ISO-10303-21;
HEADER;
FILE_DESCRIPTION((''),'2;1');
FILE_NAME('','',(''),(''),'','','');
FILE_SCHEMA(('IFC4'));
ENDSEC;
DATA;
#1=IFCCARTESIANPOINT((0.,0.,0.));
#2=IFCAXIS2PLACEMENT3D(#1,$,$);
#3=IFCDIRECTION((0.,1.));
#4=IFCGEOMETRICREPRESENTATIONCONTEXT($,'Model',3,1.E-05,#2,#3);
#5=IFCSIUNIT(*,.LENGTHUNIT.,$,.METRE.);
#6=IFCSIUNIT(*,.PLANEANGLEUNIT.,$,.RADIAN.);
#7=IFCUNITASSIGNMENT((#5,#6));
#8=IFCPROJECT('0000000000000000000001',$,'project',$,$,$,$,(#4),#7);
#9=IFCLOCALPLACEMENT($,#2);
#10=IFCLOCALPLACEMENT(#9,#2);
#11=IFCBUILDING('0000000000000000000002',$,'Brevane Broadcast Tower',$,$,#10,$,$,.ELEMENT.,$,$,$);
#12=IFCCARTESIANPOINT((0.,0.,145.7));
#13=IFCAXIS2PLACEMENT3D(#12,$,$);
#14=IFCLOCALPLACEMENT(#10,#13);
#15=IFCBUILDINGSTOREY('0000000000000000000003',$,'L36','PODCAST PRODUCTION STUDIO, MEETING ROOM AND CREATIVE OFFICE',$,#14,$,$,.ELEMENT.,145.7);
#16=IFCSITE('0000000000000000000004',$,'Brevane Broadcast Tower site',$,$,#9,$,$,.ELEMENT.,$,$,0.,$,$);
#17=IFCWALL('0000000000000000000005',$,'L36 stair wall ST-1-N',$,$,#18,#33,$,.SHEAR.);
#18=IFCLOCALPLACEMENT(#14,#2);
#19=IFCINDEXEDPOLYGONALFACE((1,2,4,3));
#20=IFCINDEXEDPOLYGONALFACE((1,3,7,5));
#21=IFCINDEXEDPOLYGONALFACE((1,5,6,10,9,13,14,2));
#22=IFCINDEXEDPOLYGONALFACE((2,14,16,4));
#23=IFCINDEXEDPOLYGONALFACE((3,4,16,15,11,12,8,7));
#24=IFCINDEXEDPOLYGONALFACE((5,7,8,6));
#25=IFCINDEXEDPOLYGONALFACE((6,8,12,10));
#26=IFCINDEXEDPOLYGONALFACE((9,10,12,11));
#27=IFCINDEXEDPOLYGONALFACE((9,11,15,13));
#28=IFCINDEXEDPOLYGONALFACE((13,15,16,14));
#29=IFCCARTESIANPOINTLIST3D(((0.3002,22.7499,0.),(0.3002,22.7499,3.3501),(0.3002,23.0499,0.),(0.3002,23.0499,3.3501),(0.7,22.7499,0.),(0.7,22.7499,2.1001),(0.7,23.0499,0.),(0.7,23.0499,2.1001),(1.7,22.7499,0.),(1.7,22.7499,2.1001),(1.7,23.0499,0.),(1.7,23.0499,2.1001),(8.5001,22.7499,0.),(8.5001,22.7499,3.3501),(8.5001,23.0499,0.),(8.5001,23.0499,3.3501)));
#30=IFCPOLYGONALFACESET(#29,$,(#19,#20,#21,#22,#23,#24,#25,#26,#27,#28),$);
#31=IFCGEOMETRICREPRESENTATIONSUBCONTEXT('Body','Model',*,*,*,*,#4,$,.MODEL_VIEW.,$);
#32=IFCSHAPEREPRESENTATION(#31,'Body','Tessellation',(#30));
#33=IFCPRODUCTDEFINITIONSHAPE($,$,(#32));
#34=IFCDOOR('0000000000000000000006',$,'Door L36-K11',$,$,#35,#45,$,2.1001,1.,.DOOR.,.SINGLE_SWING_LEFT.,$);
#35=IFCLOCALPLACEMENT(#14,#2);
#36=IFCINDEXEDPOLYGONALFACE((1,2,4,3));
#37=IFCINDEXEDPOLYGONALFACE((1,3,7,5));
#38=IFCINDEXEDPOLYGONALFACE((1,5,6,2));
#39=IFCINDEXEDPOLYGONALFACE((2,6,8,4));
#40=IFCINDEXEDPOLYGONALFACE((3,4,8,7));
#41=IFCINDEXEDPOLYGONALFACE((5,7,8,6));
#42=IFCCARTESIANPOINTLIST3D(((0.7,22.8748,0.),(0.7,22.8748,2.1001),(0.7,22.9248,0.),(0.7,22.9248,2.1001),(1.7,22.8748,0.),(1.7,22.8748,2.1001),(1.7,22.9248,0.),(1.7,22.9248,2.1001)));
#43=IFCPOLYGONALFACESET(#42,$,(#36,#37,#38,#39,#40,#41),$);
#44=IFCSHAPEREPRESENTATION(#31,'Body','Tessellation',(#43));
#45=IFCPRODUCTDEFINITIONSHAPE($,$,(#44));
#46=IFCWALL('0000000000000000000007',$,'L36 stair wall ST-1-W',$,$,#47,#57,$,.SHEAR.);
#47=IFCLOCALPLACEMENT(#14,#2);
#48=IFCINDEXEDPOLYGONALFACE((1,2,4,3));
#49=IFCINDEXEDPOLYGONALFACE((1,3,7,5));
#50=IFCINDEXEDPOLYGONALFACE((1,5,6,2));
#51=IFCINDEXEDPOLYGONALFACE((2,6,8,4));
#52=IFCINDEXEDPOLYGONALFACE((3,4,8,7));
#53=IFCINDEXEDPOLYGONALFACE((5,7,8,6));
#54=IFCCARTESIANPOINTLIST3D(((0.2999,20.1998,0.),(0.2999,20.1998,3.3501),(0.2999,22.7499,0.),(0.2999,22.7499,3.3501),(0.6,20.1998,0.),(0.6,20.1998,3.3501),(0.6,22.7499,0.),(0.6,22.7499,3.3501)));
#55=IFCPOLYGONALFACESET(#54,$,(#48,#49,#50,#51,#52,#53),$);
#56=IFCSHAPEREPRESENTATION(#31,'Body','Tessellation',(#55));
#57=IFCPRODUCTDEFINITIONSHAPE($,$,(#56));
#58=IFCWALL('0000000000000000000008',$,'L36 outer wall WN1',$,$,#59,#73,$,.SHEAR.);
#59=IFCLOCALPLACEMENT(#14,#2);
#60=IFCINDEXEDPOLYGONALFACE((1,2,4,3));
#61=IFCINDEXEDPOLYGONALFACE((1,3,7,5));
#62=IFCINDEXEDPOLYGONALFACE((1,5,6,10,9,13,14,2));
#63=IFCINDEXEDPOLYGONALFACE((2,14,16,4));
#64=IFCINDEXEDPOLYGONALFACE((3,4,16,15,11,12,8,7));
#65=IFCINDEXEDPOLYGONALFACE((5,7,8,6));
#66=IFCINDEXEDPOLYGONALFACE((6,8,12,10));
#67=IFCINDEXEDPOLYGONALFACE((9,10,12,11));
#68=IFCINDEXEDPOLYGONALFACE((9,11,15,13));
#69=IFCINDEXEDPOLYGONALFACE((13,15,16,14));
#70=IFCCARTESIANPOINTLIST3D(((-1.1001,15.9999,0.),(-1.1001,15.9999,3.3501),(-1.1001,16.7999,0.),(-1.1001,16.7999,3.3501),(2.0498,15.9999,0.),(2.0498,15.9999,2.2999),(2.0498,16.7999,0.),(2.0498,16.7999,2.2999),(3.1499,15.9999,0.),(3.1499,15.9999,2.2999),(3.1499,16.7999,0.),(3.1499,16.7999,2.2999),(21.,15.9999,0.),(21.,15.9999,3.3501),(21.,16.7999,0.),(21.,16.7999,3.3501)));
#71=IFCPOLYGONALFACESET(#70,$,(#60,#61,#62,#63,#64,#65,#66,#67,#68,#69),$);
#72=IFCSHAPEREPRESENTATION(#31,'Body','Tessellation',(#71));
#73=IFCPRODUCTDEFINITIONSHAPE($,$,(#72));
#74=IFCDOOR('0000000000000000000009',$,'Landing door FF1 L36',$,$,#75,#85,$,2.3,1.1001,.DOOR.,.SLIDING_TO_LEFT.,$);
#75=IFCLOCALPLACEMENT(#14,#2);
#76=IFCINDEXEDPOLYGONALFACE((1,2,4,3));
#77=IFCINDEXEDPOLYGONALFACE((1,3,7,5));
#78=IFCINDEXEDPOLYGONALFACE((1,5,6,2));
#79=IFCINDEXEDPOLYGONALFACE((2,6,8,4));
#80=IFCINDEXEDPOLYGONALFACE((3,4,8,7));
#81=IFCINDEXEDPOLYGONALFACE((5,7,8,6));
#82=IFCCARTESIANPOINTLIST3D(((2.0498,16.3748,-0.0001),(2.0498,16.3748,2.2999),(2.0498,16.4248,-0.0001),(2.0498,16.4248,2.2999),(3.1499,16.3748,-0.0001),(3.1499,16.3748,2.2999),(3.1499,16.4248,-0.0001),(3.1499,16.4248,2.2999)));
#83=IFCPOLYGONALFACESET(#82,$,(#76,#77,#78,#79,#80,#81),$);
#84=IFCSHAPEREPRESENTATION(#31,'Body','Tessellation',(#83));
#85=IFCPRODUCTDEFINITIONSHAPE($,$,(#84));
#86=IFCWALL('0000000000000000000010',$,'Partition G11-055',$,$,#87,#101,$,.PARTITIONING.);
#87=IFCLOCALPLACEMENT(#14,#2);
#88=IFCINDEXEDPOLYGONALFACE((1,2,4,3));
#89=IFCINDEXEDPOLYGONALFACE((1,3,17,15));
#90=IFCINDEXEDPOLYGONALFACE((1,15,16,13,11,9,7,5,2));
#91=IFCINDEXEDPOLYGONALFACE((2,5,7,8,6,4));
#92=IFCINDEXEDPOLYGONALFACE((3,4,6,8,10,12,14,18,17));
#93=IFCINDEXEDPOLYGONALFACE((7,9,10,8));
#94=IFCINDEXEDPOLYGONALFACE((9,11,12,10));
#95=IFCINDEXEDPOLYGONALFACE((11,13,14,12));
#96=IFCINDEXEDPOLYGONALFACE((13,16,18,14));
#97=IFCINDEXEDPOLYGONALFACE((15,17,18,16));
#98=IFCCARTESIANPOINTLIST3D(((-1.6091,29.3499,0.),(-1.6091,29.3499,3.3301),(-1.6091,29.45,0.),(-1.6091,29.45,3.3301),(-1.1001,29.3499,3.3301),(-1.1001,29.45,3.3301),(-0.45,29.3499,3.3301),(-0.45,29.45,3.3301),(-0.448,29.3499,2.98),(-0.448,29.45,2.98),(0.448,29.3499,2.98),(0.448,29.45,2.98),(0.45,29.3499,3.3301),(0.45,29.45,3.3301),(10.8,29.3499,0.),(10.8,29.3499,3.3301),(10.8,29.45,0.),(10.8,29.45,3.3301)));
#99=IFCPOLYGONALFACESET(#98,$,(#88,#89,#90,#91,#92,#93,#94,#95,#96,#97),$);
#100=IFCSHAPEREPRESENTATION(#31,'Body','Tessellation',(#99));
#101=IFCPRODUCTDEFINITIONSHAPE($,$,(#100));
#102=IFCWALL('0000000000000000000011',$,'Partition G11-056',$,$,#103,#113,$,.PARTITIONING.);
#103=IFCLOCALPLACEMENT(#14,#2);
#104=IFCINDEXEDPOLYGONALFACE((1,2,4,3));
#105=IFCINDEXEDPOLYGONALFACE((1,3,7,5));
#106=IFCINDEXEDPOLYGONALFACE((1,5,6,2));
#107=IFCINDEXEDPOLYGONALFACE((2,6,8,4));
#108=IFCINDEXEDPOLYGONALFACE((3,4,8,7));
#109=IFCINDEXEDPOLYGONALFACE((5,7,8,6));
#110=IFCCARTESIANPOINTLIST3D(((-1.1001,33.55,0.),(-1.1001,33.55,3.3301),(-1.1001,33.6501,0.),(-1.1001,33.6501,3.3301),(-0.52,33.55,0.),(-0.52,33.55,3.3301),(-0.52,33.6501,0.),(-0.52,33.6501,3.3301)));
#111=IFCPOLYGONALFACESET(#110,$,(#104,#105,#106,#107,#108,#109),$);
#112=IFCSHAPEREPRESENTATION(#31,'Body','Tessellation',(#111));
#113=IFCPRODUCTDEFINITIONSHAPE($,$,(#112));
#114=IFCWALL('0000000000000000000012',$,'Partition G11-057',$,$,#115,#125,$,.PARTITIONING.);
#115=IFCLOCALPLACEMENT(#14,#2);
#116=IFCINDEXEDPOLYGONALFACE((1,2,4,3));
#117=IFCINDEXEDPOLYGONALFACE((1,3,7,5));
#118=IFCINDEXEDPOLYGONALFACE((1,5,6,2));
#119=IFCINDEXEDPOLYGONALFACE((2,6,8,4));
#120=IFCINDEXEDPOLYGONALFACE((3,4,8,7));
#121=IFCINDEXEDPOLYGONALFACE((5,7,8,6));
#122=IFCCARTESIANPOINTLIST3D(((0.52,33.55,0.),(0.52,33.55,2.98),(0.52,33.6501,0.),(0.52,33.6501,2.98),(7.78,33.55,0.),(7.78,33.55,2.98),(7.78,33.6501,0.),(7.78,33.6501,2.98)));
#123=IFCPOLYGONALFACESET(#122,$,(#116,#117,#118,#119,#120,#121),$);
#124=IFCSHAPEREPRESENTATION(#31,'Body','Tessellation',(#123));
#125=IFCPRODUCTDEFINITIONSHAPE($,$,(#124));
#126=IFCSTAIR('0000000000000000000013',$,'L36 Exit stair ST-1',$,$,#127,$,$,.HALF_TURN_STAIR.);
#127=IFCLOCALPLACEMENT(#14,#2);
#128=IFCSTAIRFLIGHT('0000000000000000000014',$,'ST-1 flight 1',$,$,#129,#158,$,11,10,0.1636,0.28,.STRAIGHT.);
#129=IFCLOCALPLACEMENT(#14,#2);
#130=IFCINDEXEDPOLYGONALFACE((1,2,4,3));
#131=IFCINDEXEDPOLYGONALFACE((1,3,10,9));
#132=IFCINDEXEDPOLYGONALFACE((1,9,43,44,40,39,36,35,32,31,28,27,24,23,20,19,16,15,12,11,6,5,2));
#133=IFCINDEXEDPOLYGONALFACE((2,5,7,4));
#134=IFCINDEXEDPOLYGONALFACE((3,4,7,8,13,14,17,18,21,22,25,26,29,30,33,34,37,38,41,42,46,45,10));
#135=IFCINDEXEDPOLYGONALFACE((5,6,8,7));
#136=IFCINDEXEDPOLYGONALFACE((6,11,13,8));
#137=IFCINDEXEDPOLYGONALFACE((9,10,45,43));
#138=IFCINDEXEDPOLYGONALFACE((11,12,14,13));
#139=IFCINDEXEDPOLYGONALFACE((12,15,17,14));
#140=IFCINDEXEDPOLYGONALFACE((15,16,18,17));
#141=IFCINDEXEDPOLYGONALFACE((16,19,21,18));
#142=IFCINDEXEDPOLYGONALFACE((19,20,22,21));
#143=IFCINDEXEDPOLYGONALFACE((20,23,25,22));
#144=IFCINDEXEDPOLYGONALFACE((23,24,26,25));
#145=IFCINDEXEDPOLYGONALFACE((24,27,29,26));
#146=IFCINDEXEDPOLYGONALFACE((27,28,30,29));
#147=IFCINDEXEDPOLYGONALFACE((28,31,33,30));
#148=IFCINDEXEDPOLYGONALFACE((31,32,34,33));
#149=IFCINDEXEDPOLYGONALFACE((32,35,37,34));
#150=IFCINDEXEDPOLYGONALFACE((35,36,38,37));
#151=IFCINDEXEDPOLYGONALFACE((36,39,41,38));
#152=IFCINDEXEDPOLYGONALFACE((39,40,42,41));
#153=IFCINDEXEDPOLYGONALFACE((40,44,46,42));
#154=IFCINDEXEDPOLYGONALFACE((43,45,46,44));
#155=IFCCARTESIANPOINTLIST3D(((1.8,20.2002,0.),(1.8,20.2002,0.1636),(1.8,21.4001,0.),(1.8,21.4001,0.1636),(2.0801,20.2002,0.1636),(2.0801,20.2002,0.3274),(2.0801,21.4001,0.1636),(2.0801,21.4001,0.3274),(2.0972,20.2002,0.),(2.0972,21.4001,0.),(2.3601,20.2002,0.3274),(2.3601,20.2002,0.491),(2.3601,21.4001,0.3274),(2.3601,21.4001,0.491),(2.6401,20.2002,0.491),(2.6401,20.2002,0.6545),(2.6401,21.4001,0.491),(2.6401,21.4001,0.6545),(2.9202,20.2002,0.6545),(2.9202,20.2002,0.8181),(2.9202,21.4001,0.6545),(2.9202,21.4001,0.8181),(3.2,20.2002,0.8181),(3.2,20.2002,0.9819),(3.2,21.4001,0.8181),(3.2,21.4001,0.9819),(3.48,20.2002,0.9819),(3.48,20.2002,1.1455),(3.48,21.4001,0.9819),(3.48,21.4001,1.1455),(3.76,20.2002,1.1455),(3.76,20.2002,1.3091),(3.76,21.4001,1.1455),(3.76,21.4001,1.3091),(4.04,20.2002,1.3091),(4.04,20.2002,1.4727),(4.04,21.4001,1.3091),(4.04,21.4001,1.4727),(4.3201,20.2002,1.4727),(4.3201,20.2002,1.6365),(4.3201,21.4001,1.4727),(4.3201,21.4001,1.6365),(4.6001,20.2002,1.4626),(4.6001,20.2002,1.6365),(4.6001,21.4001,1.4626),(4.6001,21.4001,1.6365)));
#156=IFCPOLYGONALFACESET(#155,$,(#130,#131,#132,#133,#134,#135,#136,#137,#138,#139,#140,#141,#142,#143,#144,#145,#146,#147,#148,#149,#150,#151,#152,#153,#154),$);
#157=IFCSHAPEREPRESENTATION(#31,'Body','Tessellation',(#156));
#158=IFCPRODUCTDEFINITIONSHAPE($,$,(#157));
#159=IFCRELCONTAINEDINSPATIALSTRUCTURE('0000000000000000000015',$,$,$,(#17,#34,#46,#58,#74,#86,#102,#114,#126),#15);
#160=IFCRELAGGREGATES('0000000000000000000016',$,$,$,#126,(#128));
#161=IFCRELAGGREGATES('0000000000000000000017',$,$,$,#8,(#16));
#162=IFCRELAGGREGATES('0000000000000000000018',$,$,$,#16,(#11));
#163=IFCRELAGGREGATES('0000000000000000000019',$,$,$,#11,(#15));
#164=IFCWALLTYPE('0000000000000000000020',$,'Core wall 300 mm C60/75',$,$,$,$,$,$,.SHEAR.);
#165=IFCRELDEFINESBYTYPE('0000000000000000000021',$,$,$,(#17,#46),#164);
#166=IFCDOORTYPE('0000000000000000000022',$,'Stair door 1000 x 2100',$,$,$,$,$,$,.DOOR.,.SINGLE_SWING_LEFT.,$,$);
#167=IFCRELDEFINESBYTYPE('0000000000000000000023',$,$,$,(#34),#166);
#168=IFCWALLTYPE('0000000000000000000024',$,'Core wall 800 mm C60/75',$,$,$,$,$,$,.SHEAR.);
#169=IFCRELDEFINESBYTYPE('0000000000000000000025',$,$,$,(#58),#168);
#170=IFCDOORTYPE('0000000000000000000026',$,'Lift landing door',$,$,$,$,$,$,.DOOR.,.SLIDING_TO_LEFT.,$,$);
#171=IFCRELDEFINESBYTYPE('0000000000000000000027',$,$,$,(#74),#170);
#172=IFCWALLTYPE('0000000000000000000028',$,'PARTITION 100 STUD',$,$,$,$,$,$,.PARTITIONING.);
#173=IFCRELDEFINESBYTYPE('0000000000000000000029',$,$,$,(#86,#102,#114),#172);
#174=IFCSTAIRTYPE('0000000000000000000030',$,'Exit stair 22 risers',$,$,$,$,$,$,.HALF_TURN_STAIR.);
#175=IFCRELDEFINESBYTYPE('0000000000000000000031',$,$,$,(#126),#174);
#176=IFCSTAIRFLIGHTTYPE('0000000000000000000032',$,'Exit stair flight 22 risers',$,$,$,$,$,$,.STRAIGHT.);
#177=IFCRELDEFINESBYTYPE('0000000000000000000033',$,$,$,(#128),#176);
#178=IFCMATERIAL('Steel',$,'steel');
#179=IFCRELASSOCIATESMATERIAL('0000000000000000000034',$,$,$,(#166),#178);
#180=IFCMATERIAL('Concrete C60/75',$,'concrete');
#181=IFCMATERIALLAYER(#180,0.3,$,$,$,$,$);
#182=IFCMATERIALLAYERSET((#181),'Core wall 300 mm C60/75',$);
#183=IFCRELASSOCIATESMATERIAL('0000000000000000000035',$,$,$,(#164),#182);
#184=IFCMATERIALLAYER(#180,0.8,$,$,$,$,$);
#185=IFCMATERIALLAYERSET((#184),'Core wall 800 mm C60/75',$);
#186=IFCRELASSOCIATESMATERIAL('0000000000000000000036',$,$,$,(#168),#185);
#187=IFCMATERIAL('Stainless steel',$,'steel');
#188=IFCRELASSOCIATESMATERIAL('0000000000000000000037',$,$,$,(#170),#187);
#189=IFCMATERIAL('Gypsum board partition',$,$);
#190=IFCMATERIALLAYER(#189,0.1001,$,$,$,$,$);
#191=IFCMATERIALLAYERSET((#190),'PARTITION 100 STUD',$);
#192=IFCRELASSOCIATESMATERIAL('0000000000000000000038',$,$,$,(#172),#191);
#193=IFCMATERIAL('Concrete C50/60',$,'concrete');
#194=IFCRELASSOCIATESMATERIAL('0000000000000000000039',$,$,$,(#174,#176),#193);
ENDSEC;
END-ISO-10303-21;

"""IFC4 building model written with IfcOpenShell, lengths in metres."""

from ifc_helpers import new_model, si_unit, direction, frame, frame_2d, origin, place, context, subcontext, project, spatial, polyline, rectangle, outline, extrude, material, layer, layer_set, type_object, element, fill, aggregate, save


model = new_model("IFC4")

# Units and contexts
model_context = context("Model", 3, precision=1e-05, world=origin(), true_north=direction((0.0, 1.0)))
body_context = subcontext(model_context, "Body", "Model", "MODEL_VIEW")
ifc_project = project(units=[si_unit("LENGTHUNIT", "METRE"), si_unit("PLANEANGLEUNIT", "RADIAN")], contexts=[model_context])

# Site, building, storey
site_placement = place(None, origin())
site = spatial("IfcSite", under=ifc_project, at=site_placement, Name="Brevane Broadcast Tower site", CompositionType="ELEMENT", RefElevation=0.0)
building_placement = place(site_placement, origin())
building = spatial("IfcBuilding", under=site, at=building_placement, Name="Brevane Broadcast Tower", CompositionType="ELEMENT")
storey_placement = place(building_placement, frame((0.0, 0.0, 145.7)))
storey = spatial("IfcBuildingStorey", under=building, at=storey_placement, Name="L36", Description="PODCAST PRODUCTION STUDIO, MEETING ROOM AND CREATIVE OFFICE", CompositionType="ELEMENT", Elevation=145.7)

# Shared definitions
ifc_material_1 = material(Name="Concrete C60/75", Category="concrete")

# Wall, opening, door
ifc_material_2 = material(Name="Steel", Category="steel")
door_type_1 = type_object("IfcDoorType", Name="Stair door 1000 x 2100", OperationType="SINGLE_SWING_LEFT", PredefinedType="DOOR", material=ifc_material_2)
ifc_layer_1 = layer(ifc_material_1, 0.3)
ifc_layer_set_1 = layer_set([ifc_layer_1], Name="Core wall 300 mm C60/75")
wall_type_1 = type_object("IfcWallType", Name="Core wall 300 mm C60/75", PredefinedType="SHEAR", material=ifc_layer_set_1)
wall_1_placement = place(storey_placement, frame((0.3, 22.8999, 0.0), z_axis=(0.0, 0.0, 1.0), x_axis=(1.0, 0.0, 0.0)))
wall_1 = element("IfcWall", 1, at=wall_1_placement, inside=storey, type_object=wall_type_1, Name="L36 stair wall ST-1-N", PredefinedType="SHEAR", context=body_context, shape_type="SweptSolid", body=[
    extrude(rectangle(XDim=8.2, YDim=0.3, at=frame_2d((4.1001, 0.0))), origin(), (0.0, 0.0, 1.0), 3.3501),
])
opening_1_placement = place(wall_1_placement, frame((0.3999, 0.0, 0.0)))
opening_1 = element("IfcOpeningElement", 2, at=opening_1_placement, cuts=wall_1, PredefinedType="OPENING", context=body_context, shape_type="SweptSolid", body=[
    extrude(rectangle(XDim=1.0, YDim=2.1001, at=frame_2d((0.5, 1.05))), frame((0.0, 0.1599, 0.0), z_axis=(0.0, -1.0, 0.0), x_axis=(1.0, 0.0, 0.0)), (0.0, 0.0, 1.0), 0.3201),
])
door_1_placement = place(opening_1_placement, origin())
door_1 = element("IfcDoor", 3, at=door_1_placement, inside=storey, type_object=door_type_1, Name="Door L36-K11", OperationType="SINGLE_SWING_LEFT", OverallHeight=2.1001, OverallWidth=1.0, PredefinedType="DOOR", context=body_context, shape_type="SweptSolid", body=[
    extrude(rectangle(XDim=1.0, YDim=2.1001, at=frame_2d((0.5, 1.05))), frame((0.0, 0.0249, 0.0), z_axis=(0.0, -1.0, 0.0), x_axis=(1.0, 0.0, 0.0)), (0.0, 0.0, 1.0), 0.05),
])
fill(opening_1, door_1)

# Wall
wall_2_placement = place(storey_placement, frame((0.45, 20.2, 0.0), z_axis=(0.0, 0.0, 1.0), x_axis=(0.0, 1.0, 0.0)))
element("IfcWall", 4, at=wall_2_placement, inside=storey, type_object=wall_type_1, Name="L36 stair wall ST-1-W", PredefinedType="SHEAR", context=body_context, shape_type="SweptSolid", body=[
    extrude(rectangle(XDim=2.55, YDim=0.3, at=frame_2d((1.2749, 0.0))), origin(), (0.0, 0.0, 1.0), 3.3501),
])

# Wall, opening, door
ifc_layer_2 = layer(ifc_material_1, 0.8)
ifc_layer_set_2 = layer_set([ifc_layer_2], Name="Core wall 800 mm C60/75")
wall_type_2 = type_object("IfcWallType", Name="Core wall 800 mm C60/75", PredefinedType="SHEAR", material=ifc_layer_set_2)
wall_3_placement = place(storey_placement, frame((-1.1001, 16.3999, 0.0), z_axis=(0.0, 0.0, 1.0), x_axis=(1.0, 0.0, 0.0)))
wall_3 = element("IfcWall", 5, at=wall_3_placement, inside=storey, type_object=wall_type_2, Name="L36 outer wall WN1", PredefinedType="SHEAR", context=body_context, shape_type="SweptSolid", body=[
    extrude(rectangle(XDim=22.1001, YDim=0.8, at=frame_2d((11.05, 0.0))), origin(), (0.0, 0.0, 1.0), 3.3501),
])
opening_2_placement = place(wall_3_placement, frame((3.1499, 0.0, 0.0)))
opening_2 = element("IfcOpeningElement", 6, at=opening_2_placement, cuts=wall_3, PredefinedType="OPENING", context=body_context, shape_type="SweptSolid", body=[
    extrude(rectangle(XDim=1.1001, YDim=2.3, at=frame_2d((0.55, 1.1499))), frame((0.0, 0.4099, 0.0), z_axis=(0.0, -1.0, 0.0), x_axis=(1.0, 0.0, 0.0)), (0.0, 0.0, 1.0), 0.8201),
])
ifc_material_3 = material(Name="Stainless steel", Category="steel")
door_type_2 = type_object("IfcDoorType", Name="Lift landing door", OperationType="SLIDING_TO_LEFT", PredefinedType="DOOR", material=ifc_material_3)
door_2_placement = place(opening_2_placement, origin())
door_2 = element("IfcDoor", 7, at=door_2_placement, inside=storey, type_object=door_type_2, Name="Landing door FF1 L36", OperationType="SLIDING_TO_LEFT", OverallHeight=2.3, OverallWidth=1.1001, PredefinedType="DOOR", context=body_context, shape_type="SweptSolid", body=[
    extrude(rectangle(XDim=1.1001, YDim=2.3, at=frame_2d((0.55, 1.1499))), frame((0.0, 0.0249, 0.0), z_axis=(0.0, -1.0, 0.0), x_axis=(1.0, 0.0, 0.0)), (0.0, 0.0, 1.0), 0.05),
])
fill(opening_2, door_2)

# Walls
ifc_material_4 = material(Name="Gypsum board partition")
ifc_layer_3 = layer(ifc_material_4, 0.1001)
ifc_layer_set_3 = layer_set([ifc_layer_3], Name="PARTITION 100 STUD")
wall_type_3 = type_object("IfcWallType", Name="PARTITION 100 STUD", PredefinedType="PARTITIONING", material=ifc_layer_set_3)
wall_4_placement = place(storey_placement, frame((-1.6091, 29.3999, 0.0), z_axis=(0.0, 0.0, 1.0), x_axis=(1.0, 0.0, 0.0)))
element("IfcWall", 8, at=wall_4_placement, inside=storey, type_object=wall_type_3, Name="Partition G11-055", PredefinedType="PARTITIONING", context=body_context, shape_type="SweptSolid", body=[
    extrude(outline(polyline([(0.0, 0.0), (12.4092, 0.0), (12.4092, 3.3301), (2.0591, 3.3301), (2.0571, 2.98), (1.1611, 2.98), (1.1592, 3.3301), (0.509, 3.3301), (0.0, 3.3301), (0.0, 0.0)])), frame((0.0, 0.05, 0.0), z_axis=(0.0, -1.0, 0.0), x_axis=(1.0, 0.0, 0.0)), (0.0, 0.0, 1.0), 0.1001),
])
wall_5_placement = place(storey_placement, frame((-1.1001, 33.6001, 0.0), z_axis=(0.0, 0.0, 1.0), x_axis=(1.0, 0.0, 0.0)))
element("IfcWall", 9, at=wall_5_placement, inside=storey, type_object=wall_type_3, Name="Partition G11-056", PredefinedType="PARTITIONING", context=body_context, shape_type="SweptSolid", body=[
    extrude(rectangle(XDim=0.5801, YDim=0.1001, at=frame_2d((0.29, 0.0))), origin(), (0.0, 0.0, 1.0), 3.3301),
])
wall_6_placement = place(storey_placement, frame((0.52, 33.6001, 0.0), z_axis=(0.0, 0.0, 1.0), x_axis=(1.0, 0.0, 0.0)))
element("IfcWall", 10, at=wall_6_placement, inside=storey, type_object=wall_type_3, Name="Partition G11-057", PredefinedType="PARTITIONING", context=body_context, shape_type="SweptSolid", body=[
    extrude(outline(polyline([(0.0, 0.0), (7.26, 0.0), (7.26, 2.98), (0.0, 2.98), (0.0, 0.0)])), frame((0.0, 0.05, 0.0), z_axis=(0.0, -1.0, 0.0), x_axis=(1.0, 0.0, 0.0)), (0.0, 0.0, 1.0), 0.1001),
])

# Stair, stair flight
ifc_material_5 = material(Name="Concrete C50/60", Category="concrete")
stair_type = type_object("IfcStairType", Name="Exit stair 22 risers", PredefinedType="HALF_TURN_STAIR", material=ifc_material_5)
stair_placement = place(storey_placement, origin())
stair = element("IfcStair", 11, at=stair_placement, inside=storey, type_object=stair_type, Name="L36 Exit stair ST-1", PredefinedType="HALF_TURN_STAIR")
stair_flight_type = type_object("IfcStairFlightType", Name="Exit stair flight 22 risers", PredefinedType="STRAIGHT", material=ifc_material_5)
stair_flight_1_placement = place(storey_placement, frame((1.8, 20.8, 0.0), z_axis=(0.0, 0.0, 1.0), x_axis=(1.0, 0.0, 0.0)))
stair_flight_1 = element("IfcStairFlight", 12, at=stair_flight_1_placement, type_object=stair_flight_type, Name="ST-1 flight 1", NumberOfRisers=11, NumberOfTreads=10, PredefinedType="STRAIGHT", RiserHeight=0.1636, TreadLength=0.28, context=body_context, shape_type="SweptSolid", body=[
    extrude(outline(polyline([(0.0, 0.0), (0.0, 0.1636), (0.28, 0.1636), (0.28, 0.3274), (0.5601, 0.3274), (0.5601, 0.491), (0.8401, 0.491), (0.8401, 0.6545), (1.1201, 0.6545), (1.1201, 0.8181), (1.3999, 0.8181), (1.3999, 0.9819), (1.6799, 0.9819), (1.6799, 1.1455), (1.96, 1.1455), (1.96, 1.3091), (2.24, 1.3091), (2.24, 1.4727), (2.52, 1.4727), (2.52, 1.6365), (2.8, 1.6365), (2.8, 1.8), (2.8, 1.4626), (0.2971, 0.0), (0.0, 0.0)])), frame((0.0, 0.6001, 0.0), z_axis=(0.0, -1.0, 0.0), x_axis=(1.0, 0.0, 0.0)), (0.0, 0.0, 1.0), 1.2),
])
aggregate(stair, [stair_flight_1])

save(model, "model.ifc")
